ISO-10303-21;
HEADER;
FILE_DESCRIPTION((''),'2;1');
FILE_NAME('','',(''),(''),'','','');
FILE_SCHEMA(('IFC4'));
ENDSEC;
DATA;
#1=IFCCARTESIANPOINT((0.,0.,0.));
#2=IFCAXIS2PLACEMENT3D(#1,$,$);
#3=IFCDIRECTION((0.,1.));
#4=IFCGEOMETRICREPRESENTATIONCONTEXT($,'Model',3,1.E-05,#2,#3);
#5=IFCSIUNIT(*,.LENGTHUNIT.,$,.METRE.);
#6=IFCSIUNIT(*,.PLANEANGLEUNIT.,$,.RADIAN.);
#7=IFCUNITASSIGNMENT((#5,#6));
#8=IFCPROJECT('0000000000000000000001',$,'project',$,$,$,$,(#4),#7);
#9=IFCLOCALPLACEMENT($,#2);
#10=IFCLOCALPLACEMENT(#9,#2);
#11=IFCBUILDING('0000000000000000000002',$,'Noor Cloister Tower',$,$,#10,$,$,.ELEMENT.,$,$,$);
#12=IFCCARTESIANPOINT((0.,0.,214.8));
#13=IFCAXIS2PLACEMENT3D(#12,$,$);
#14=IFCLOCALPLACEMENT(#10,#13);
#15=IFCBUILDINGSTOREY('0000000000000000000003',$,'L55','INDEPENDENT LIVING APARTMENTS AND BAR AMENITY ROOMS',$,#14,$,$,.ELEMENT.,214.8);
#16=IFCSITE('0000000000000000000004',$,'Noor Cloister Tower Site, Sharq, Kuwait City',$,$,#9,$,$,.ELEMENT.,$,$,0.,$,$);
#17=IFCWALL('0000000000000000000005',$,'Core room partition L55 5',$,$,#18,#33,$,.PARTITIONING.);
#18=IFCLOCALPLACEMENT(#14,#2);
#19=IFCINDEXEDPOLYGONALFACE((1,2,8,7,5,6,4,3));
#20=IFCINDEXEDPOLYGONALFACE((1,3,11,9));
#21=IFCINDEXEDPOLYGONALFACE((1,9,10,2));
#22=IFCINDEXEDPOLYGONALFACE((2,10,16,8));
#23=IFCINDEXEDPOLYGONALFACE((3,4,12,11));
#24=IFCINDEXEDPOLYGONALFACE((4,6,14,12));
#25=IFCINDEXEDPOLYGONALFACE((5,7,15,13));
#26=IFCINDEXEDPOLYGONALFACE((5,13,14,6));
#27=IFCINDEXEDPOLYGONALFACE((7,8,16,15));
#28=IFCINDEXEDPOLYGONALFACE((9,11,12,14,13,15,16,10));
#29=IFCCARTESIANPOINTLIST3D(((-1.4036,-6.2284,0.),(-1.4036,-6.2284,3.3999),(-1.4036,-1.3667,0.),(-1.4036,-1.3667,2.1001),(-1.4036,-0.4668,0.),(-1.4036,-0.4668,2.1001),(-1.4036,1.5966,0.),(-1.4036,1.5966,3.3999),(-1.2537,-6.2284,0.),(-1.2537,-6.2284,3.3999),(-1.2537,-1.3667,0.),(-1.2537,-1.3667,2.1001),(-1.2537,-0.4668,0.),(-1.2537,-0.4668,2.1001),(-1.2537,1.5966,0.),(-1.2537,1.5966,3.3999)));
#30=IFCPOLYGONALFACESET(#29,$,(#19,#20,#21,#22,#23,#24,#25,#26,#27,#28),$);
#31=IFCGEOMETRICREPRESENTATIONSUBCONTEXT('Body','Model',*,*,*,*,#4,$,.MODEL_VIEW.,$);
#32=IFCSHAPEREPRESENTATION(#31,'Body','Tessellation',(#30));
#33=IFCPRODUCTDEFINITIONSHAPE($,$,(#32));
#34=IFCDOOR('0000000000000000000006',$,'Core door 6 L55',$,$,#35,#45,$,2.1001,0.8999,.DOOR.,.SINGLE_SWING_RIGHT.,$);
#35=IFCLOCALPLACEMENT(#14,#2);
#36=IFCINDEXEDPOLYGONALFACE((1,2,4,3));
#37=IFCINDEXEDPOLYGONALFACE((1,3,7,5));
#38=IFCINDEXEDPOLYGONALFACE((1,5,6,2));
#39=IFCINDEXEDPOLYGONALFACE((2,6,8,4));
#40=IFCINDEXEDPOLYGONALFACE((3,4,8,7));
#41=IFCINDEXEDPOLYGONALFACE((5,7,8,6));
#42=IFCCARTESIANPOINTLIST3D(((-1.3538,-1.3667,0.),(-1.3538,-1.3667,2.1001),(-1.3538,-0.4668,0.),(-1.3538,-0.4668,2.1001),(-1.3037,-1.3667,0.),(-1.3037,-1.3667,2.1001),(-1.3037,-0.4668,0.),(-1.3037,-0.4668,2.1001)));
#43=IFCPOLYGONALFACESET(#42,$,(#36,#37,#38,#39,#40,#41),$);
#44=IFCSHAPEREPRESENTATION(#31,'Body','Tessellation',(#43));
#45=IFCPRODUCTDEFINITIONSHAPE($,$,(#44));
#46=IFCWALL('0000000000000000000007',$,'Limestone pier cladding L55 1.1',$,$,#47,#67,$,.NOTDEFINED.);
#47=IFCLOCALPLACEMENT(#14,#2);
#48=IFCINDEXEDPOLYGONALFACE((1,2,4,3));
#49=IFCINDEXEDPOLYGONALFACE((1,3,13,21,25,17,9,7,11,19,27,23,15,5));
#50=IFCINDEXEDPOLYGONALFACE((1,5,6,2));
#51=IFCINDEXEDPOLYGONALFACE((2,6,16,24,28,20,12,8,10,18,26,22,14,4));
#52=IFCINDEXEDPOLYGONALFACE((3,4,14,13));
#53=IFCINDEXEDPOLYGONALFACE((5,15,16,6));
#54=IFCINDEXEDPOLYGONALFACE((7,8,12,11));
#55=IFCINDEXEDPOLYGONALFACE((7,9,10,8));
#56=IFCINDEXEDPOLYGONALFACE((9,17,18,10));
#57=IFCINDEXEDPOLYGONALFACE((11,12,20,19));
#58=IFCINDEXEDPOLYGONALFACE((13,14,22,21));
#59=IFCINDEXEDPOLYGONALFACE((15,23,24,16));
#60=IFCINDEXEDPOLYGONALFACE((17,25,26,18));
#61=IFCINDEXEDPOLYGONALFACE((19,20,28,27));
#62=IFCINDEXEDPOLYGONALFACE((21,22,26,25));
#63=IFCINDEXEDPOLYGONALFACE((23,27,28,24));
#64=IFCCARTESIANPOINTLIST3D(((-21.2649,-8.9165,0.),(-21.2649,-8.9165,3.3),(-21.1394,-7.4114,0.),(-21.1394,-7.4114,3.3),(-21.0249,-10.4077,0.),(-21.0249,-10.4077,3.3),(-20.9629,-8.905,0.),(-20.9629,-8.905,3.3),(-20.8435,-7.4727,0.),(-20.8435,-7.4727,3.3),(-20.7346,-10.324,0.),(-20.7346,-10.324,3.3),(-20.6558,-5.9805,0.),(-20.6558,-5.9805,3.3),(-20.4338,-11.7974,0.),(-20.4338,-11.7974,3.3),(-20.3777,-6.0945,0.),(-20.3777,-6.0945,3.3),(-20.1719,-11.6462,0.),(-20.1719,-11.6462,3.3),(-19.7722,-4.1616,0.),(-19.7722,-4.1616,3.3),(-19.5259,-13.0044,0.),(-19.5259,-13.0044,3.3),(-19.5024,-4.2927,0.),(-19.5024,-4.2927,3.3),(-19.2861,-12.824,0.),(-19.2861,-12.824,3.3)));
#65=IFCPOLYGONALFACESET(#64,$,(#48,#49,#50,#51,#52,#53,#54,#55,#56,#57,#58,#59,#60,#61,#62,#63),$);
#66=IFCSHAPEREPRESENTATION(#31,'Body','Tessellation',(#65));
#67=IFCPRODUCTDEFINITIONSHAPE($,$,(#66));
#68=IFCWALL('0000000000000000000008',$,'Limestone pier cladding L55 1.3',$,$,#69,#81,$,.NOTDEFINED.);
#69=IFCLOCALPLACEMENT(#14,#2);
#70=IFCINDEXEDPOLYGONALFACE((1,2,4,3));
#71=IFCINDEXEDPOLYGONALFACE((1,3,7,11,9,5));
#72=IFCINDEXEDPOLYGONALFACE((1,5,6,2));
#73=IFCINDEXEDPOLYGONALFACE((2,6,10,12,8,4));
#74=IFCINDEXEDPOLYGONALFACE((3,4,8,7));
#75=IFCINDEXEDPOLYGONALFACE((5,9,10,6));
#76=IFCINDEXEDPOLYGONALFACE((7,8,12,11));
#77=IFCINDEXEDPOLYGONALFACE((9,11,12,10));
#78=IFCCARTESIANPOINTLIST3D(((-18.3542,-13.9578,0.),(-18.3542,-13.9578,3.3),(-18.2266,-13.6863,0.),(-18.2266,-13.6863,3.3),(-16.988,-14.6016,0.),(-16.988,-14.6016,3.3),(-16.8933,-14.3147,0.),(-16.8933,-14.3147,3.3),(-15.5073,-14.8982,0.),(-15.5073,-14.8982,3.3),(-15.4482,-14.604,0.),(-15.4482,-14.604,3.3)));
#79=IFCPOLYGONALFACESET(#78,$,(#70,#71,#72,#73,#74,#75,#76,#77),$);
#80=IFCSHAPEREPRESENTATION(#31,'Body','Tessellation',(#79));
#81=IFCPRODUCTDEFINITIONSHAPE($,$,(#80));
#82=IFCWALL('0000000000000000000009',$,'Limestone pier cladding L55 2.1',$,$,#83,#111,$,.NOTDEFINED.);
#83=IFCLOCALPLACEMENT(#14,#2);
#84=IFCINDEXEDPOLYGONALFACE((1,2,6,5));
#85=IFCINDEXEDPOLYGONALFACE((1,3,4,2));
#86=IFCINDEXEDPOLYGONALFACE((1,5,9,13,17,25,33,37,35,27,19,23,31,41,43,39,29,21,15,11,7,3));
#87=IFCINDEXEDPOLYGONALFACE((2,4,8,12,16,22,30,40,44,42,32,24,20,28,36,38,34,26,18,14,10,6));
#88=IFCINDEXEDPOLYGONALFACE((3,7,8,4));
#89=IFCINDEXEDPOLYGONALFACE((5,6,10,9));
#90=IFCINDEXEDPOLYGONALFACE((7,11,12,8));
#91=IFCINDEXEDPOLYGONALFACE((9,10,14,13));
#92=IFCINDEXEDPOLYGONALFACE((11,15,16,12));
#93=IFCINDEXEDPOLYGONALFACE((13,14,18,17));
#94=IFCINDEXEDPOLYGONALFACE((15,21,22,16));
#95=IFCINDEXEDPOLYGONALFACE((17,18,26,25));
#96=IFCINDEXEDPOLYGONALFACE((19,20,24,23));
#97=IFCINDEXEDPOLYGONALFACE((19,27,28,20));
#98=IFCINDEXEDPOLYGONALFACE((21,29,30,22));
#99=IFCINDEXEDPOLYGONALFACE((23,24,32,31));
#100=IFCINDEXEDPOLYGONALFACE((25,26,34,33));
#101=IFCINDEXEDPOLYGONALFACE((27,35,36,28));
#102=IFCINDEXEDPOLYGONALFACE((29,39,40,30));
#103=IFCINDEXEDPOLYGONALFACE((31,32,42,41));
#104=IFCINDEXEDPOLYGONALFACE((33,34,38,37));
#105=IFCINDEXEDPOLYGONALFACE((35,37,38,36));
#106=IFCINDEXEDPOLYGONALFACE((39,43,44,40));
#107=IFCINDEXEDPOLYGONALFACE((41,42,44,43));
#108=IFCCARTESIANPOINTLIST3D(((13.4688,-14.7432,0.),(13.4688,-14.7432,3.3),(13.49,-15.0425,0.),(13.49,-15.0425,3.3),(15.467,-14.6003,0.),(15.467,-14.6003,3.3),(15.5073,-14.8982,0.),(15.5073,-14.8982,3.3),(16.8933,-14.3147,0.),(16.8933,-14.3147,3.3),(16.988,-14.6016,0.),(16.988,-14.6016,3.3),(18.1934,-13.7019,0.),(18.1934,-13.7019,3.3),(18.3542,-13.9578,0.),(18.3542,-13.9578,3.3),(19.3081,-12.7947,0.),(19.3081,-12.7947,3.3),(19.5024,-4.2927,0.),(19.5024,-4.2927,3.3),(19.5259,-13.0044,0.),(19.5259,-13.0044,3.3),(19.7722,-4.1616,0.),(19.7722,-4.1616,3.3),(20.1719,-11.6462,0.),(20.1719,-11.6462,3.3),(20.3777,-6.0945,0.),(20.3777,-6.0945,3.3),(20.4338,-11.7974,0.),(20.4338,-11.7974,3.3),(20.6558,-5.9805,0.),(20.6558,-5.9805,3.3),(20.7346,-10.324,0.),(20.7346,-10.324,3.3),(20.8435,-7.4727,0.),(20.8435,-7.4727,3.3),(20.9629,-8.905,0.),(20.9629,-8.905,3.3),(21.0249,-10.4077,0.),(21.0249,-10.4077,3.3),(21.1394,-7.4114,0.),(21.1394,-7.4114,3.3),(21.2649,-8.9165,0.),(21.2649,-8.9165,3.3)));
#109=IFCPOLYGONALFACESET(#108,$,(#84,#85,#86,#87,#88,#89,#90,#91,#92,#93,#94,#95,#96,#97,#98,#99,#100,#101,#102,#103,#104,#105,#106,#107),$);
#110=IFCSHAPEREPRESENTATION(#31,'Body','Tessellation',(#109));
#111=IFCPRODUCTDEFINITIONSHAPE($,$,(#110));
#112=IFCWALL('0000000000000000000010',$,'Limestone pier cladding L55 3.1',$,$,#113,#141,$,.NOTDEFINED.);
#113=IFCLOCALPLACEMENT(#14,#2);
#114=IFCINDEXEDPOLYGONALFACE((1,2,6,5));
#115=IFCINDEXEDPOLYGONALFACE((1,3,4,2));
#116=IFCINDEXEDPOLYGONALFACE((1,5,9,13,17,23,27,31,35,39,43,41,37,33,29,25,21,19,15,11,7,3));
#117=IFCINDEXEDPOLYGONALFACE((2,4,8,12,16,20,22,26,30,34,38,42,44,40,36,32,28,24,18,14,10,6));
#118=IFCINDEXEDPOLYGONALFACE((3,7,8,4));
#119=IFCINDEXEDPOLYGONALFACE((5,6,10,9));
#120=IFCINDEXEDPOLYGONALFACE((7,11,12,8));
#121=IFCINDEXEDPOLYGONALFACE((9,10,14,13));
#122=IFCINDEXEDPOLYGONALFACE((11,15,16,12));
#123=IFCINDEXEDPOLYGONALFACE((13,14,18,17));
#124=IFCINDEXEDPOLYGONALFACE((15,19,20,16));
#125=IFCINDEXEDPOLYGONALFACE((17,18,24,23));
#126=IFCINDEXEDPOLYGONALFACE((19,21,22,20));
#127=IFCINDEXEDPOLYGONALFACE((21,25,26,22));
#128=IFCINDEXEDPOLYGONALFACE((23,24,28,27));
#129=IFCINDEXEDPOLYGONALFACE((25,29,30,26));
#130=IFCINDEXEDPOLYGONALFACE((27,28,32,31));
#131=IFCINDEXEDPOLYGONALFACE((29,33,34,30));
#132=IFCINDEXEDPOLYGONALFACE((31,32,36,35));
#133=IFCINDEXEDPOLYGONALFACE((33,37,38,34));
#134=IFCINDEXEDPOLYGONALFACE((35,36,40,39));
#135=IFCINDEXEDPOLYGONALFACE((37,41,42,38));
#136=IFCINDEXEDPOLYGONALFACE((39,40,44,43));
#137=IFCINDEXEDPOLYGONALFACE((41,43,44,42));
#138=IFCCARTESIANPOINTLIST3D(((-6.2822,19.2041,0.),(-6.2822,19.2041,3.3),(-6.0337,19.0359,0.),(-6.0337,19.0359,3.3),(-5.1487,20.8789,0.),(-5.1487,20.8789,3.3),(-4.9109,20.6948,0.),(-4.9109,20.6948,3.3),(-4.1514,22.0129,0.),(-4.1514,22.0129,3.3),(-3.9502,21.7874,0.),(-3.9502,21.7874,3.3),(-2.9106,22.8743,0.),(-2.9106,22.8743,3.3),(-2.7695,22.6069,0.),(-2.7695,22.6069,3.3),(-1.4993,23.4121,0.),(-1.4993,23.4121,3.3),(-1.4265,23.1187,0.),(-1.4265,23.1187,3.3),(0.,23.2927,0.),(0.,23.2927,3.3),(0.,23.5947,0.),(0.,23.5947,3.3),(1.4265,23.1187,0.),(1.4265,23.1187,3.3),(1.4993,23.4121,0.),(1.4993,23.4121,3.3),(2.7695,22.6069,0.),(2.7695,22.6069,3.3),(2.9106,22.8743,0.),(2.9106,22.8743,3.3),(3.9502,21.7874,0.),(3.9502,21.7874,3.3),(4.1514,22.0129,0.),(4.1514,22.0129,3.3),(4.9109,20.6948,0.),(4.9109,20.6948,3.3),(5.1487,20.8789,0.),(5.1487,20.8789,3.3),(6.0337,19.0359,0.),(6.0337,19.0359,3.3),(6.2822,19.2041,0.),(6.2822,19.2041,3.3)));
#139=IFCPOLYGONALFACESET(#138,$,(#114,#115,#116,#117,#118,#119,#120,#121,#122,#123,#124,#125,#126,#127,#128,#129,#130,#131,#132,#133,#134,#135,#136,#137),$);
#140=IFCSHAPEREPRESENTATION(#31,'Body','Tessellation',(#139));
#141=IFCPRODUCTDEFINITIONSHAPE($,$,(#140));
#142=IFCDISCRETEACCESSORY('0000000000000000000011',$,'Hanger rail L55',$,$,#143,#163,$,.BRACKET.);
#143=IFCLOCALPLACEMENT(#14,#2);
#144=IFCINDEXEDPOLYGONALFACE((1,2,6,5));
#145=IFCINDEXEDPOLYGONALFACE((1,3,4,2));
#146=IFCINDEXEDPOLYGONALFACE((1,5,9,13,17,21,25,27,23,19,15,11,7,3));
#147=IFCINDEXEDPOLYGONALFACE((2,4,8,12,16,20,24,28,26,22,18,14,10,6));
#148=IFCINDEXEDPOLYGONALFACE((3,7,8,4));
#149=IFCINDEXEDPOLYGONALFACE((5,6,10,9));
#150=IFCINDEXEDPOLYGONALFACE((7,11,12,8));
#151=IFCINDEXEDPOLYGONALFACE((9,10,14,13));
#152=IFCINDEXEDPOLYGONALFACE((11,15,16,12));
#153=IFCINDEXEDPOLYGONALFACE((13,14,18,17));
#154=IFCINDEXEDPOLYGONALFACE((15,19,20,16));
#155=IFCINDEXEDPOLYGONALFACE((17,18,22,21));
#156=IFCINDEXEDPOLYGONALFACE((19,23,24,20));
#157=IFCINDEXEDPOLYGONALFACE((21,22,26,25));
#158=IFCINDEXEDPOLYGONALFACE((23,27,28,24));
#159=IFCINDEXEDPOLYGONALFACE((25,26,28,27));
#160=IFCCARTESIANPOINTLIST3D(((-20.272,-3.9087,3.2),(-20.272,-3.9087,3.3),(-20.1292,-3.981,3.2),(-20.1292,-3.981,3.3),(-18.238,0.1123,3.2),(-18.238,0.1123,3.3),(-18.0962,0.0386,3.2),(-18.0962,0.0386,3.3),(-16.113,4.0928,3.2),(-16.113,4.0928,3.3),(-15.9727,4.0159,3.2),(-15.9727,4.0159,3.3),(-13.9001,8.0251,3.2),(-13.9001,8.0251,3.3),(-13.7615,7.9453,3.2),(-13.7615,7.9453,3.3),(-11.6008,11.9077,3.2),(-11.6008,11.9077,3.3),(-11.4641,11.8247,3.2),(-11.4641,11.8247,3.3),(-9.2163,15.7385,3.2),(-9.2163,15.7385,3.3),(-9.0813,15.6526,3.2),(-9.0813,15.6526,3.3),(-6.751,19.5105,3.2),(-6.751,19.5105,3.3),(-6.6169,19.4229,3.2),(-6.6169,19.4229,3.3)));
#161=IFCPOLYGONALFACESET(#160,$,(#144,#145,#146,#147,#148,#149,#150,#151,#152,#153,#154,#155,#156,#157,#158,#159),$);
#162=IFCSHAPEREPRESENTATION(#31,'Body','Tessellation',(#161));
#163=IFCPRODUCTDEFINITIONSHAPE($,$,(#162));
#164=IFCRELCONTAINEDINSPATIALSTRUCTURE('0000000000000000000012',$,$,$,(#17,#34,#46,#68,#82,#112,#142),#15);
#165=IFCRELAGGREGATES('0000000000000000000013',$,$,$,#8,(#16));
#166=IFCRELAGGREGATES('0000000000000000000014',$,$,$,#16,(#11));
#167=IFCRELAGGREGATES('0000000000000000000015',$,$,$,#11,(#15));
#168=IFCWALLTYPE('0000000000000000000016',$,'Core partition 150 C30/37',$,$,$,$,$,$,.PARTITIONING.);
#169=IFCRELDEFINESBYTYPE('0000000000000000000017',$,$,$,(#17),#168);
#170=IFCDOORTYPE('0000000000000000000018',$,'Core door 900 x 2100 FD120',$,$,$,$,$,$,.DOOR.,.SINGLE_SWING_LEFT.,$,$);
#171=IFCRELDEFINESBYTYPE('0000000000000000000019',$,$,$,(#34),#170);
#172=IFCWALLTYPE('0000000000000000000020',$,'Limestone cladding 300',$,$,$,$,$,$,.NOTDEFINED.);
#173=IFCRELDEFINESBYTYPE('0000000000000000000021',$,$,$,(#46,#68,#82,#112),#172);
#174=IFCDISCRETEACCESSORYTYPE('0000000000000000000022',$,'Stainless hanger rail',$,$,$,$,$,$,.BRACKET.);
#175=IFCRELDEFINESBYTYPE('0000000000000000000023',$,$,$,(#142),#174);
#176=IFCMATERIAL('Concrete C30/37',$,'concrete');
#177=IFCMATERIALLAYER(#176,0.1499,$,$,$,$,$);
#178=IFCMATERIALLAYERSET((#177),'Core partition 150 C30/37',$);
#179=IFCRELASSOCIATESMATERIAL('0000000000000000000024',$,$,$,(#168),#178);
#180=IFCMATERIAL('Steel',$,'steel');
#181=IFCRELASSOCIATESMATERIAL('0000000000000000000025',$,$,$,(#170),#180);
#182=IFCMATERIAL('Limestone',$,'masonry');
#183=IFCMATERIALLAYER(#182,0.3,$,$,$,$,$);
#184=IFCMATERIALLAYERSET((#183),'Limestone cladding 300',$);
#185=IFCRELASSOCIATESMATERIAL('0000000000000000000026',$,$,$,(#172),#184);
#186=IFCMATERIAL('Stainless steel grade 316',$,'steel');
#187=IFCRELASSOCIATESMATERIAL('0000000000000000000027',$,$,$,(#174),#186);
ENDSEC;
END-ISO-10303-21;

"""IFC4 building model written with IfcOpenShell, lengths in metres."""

from ifc_helpers import new_model, si_unit, direction, frame, frame_2d, origin, place, context, subcontext, project, spatial, polyline, rectangle, outline, extrude, material, layer, layer_set, type_object, element, fill, save


model = new_model("IFC4")

# Units and contexts
model_context = context("Model", 3, precision=1e-05, world=origin(), true_north=direction((0.0, 1.0)))
body_context = subcontext(model_context, "Body", "Model", "MODEL_VIEW")
ifc_project = project(units=[si_unit("LENGTHUNIT", "METRE"), si_unit("PLANEANGLEUNIT", "RADIAN")], contexts=[model_context])

# Site, building, storey
site_placement = place(None, origin())
site = spatial("IfcSite", under=ifc_project, at=site_placement, Name="Noor Cloister Tower Site, Sharq, Kuwait City", CompositionType="ELEMENT", RefElevation=0.0)
building_placement = place(site_placement, origin())
building = spatial("IfcBuilding", under=site, at=building_placement, Name="Noor Cloister Tower", CompositionType="ELEMENT")
storey_placement = place(building_placement, frame((0.0, 0.0, 214.8)))
storey = spatial("IfcBuildingStorey", under=building, at=storey_placement, Name="L55", Description="INDEPENDENT LIVING APARTMENTS AND BAR AMENITY ROOMS", CompositionType="ELEMENT", Elevation=214.8)

# Wall, opening, door
ifc_material_1 = material(Name="Concrete C30/37", Category="concrete")
ifc_layer_1 = layer(ifc_material_1, 0.1499)
ifc_layer_set_1 = layer_set([ifc_layer_1], Name="Core partition 150 C30/37")
wall_type_1 = type_object("IfcWallType", Name="Core partition 150 C30/37", PredefinedType="PARTITIONING", material=ifc_layer_set_1)
wall_1_placement = place(storey_placement, frame((-1.3286, 1.5967, 0.0), z_axis=(0.0, 0.0, 1.0), x_axis=(0.0, -1.0, 0.0)))
wall_1 = element("IfcWall", 1, at=wall_1_placement, inside=storey, type_object=wall_type_1, Name="Core room partition L55 5", PredefinedType="PARTITIONING", context=body_context, shape_type="SweptSolid", body=[
    extrude(rectangle(XDim=7.825, YDim=0.1499, at=frame_2d((3.9126, 0.0))), origin(), (0.0, 0.0, 1.0), 3.3999),
])
opening_placement = place(wall_1_placement, frame((2.0635, 0.0, 0.0)))
opening = element("IfcOpeningElement", 2, at=opening_placement, cuts=wall_1, PredefinedType="OPENING", context=body_context, shape_type="SweptSolid", body=[
    extrude(rectangle(XDim=0.8999, YDim=2.1001, at=frame_2d((0.45, 1.05))), frame((0.0, 0.085, 0.0), z_axis=(0.0, -1.0, 0.0), x_axis=(1.0, 0.0, 0.0)), (0.0, 0.0, 1.0), 0.1699),
])
ifc_material_2 = material(Name="Steel", Category="steel")
door_type = type_object("IfcDoorType", Name="Core door 900 x 2100 FD120", OperationType="SINGLE_SWING_LEFT", PredefinedType="DOOR", material=ifc_material_2)
door_placement = place(opening_placement, origin())
door = element("IfcDoor", 3, at=door_placement, inside=storey, type_object=door_type, Name="Core door 6 L55", OperationType="SINGLE_SWING_RIGHT", OverallHeight=2.1001, OverallWidth=0.8999, PredefinedType="DOOR", context=body_context, shape_type="SweptSolid", body=[
    extrude(rectangle(XDim=0.8999, YDim=2.1001, at=frame_2d((0.45, 1.05))), frame((0.0, 0.0249, 0.0), z_axis=(0.0, -1.0, 0.0), x_axis=(1.0, 0.0, 0.0)), (0.0, 0.0, 1.0), 0.05),
])
fill(opening, door)

# Walls
ifc_material_3 = material(Name="Limestone", Category="masonry")
ifc_layer_2 = layer(ifc_material_3, 0.3)
ifc_layer_set_2 = layer_set([ifc_layer_2], Name="Limestone cladding 300")
wall_type_2 = type_object("IfcWallType", Name="Limestone cladding 300", PredefinedType="NOTDEFINED", material=ifc_layer_set_2)
wall_2_placement = place(storey_placement, origin())
element("IfcWall", 4, at=wall_2_placement, inside=storey, type_object=wall_type_2, Name="Limestone pier cladding L55 1.1", PredefinedType="NOTDEFINED", context=body_context, shape_type="SweptSolid", body=[
    extrude(outline(polyline([(-19.7722, -4.1616), (-20.6558, -5.9805), (-21.1394, -7.4114), (-21.2649, -8.9165), (-21.0249, -10.4077), (-20.4338, -11.7974), (-19.5259, -13.0044), (-19.2861, -12.824), (-20.1719, -11.6462), (-20.7346, -10.324), (-20.9629, -8.905), (-20.8435, -7.4727), (-20.3777, -6.0945), (-19.5024, -4.2927), (-19.7722, -4.1616)])), origin(), (0.0, 0.0, 1.0), 3.3),
])
wall_3_placement = place(storey_placement, origin())
element("IfcWall", 5, at=wall_3_placement, inside=storey, type_object=wall_type_2, Name="Limestone pier cladding L55 1.3", PredefinedType="NOTDEFINED", context=body_context, shape_type="SweptSolid", body=[
    extrude(outline(polyline([(-18.3542, -13.9578), (-16.988, -14.6016), (-15.5073, -14.8982), (-15.4482, -14.604), (-16.8933, -14.3147), (-18.2266, -13.6863), (-18.3542, -13.9578)])), origin(), (0.0, 0.0, 1.0), 3.3),
])
wall_4_placement = place(storey_placement, origin())
element("IfcWall", 6, at=wall_4_placement, inside=storey, type_object=wall_type_2, Name="Limestone pier cladding L55 2.1", PredefinedType="NOTDEFINED", context=body_context, shape_type="SweptSolid", body=[
    extrude(outline(polyline([(13.49, -15.0425), (15.5073, -14.8982), (16.988, -14.6016), (18.3542, -13.9578), (19.5259, -13.0044), (20.4338, -11.7974), (21.0249, -10.4077), (21.2649, -8.9165), (21.1394, -7.4114), (20.6558, -5.9805), (19.7722, -4.1616), (19.5024, -4.2927), (20.3777, -6.0945), (20.8435, -7.4727), (20.9629, -8.905), (20.7346, -10.324), (20.1719, -11.6462), (19.3081, -12.7947), (18.1934, -13.7019), (16.8933, -14.3147), (15.467, -14.6003), (13.4688, -14.7432), (13.49, -15.0425)])), origin(), (0.0, 0.0, 1.0), 3.3),
])
wall_5_placement = place(storey_placement, origin())
element("IfcWall", 7, at=wall_5_placement, inside=storey, type_object=wall_type_2, Name="Limestone pier cladding L55 3.1", PredefinedType="NOTDEFINED", context=body_context, shape_type="SweptSolid", body=[
    extrude(outline(polyline([(6.2822, 19.2041), (5.1487, 20.8789), (4.1514, 22.0129), (2.9106, 22.8743), (1.4993, 23.4121), (0.0, 23.5947), (-1.4993, 23.4121), (-2.9106, 22.8743), (-4.1514, 22.0129), (-5.1487, 20.8789), (-6.2822, 19.2041), (-6.0337, 19.0359), (-4.9109, 20.6948), (-3.9502, 21.7874), (-2.7695, 22.6069), (-1.4265, 23.1187), (0.0, 23.2927), (1.4265, 23.1187), (2.7695, 22.6069), (3.9502, 21.7874), (4.9109, 20.6948), (6.0337, 19.0359), (6.2822, 19.2041)])), origin(), (0.0, 0.0, 1.0), 3.3),
])

# Discrete accessory
ifc_material_4 = material(Name="Stainless steel grade 316", Category="steel")
discrete_accessory_type = type_object("IfcDiscreteAccessoryType", Name="Stainless hanger rail", PredefinedType="BRACKET", material=ifc_material_4)
discrete_accessory_1_placement = place(storey_placement, frame((0.0, 0.0, 3.2)))
element("IfcDiscreteAccessory", 8, at=discrete_accessory_1_placement, inside=storey, type_object=discrete_accessory_type, Name="Hanger rail L55", PredefinedType="BRACKET", context=body_context, shape_type="SweptSolid", body=[
    extrude(outline(polyline([(-6.751, 19.5105), (-9.2163, 15.7385), (-11.6008, 11.9077), (-13.9001, 8.0251), (-16.113, 4.0928), (-18.238, 0.1123), (-20.272, -3.9087), (-20.1292, -3.981), (-18.0962, 0.0386), (-15.9727, 4.0159), (-13.7615, 7.9453), (-11.4641, 11.8247), (-9.0813, 15.6526), (-6.6169, 19.4229), (-6.751, 19.5105)])), origin(), (0.0, 0.0, 1.0), 0.1001),
])

save(model, "model.ifc")
